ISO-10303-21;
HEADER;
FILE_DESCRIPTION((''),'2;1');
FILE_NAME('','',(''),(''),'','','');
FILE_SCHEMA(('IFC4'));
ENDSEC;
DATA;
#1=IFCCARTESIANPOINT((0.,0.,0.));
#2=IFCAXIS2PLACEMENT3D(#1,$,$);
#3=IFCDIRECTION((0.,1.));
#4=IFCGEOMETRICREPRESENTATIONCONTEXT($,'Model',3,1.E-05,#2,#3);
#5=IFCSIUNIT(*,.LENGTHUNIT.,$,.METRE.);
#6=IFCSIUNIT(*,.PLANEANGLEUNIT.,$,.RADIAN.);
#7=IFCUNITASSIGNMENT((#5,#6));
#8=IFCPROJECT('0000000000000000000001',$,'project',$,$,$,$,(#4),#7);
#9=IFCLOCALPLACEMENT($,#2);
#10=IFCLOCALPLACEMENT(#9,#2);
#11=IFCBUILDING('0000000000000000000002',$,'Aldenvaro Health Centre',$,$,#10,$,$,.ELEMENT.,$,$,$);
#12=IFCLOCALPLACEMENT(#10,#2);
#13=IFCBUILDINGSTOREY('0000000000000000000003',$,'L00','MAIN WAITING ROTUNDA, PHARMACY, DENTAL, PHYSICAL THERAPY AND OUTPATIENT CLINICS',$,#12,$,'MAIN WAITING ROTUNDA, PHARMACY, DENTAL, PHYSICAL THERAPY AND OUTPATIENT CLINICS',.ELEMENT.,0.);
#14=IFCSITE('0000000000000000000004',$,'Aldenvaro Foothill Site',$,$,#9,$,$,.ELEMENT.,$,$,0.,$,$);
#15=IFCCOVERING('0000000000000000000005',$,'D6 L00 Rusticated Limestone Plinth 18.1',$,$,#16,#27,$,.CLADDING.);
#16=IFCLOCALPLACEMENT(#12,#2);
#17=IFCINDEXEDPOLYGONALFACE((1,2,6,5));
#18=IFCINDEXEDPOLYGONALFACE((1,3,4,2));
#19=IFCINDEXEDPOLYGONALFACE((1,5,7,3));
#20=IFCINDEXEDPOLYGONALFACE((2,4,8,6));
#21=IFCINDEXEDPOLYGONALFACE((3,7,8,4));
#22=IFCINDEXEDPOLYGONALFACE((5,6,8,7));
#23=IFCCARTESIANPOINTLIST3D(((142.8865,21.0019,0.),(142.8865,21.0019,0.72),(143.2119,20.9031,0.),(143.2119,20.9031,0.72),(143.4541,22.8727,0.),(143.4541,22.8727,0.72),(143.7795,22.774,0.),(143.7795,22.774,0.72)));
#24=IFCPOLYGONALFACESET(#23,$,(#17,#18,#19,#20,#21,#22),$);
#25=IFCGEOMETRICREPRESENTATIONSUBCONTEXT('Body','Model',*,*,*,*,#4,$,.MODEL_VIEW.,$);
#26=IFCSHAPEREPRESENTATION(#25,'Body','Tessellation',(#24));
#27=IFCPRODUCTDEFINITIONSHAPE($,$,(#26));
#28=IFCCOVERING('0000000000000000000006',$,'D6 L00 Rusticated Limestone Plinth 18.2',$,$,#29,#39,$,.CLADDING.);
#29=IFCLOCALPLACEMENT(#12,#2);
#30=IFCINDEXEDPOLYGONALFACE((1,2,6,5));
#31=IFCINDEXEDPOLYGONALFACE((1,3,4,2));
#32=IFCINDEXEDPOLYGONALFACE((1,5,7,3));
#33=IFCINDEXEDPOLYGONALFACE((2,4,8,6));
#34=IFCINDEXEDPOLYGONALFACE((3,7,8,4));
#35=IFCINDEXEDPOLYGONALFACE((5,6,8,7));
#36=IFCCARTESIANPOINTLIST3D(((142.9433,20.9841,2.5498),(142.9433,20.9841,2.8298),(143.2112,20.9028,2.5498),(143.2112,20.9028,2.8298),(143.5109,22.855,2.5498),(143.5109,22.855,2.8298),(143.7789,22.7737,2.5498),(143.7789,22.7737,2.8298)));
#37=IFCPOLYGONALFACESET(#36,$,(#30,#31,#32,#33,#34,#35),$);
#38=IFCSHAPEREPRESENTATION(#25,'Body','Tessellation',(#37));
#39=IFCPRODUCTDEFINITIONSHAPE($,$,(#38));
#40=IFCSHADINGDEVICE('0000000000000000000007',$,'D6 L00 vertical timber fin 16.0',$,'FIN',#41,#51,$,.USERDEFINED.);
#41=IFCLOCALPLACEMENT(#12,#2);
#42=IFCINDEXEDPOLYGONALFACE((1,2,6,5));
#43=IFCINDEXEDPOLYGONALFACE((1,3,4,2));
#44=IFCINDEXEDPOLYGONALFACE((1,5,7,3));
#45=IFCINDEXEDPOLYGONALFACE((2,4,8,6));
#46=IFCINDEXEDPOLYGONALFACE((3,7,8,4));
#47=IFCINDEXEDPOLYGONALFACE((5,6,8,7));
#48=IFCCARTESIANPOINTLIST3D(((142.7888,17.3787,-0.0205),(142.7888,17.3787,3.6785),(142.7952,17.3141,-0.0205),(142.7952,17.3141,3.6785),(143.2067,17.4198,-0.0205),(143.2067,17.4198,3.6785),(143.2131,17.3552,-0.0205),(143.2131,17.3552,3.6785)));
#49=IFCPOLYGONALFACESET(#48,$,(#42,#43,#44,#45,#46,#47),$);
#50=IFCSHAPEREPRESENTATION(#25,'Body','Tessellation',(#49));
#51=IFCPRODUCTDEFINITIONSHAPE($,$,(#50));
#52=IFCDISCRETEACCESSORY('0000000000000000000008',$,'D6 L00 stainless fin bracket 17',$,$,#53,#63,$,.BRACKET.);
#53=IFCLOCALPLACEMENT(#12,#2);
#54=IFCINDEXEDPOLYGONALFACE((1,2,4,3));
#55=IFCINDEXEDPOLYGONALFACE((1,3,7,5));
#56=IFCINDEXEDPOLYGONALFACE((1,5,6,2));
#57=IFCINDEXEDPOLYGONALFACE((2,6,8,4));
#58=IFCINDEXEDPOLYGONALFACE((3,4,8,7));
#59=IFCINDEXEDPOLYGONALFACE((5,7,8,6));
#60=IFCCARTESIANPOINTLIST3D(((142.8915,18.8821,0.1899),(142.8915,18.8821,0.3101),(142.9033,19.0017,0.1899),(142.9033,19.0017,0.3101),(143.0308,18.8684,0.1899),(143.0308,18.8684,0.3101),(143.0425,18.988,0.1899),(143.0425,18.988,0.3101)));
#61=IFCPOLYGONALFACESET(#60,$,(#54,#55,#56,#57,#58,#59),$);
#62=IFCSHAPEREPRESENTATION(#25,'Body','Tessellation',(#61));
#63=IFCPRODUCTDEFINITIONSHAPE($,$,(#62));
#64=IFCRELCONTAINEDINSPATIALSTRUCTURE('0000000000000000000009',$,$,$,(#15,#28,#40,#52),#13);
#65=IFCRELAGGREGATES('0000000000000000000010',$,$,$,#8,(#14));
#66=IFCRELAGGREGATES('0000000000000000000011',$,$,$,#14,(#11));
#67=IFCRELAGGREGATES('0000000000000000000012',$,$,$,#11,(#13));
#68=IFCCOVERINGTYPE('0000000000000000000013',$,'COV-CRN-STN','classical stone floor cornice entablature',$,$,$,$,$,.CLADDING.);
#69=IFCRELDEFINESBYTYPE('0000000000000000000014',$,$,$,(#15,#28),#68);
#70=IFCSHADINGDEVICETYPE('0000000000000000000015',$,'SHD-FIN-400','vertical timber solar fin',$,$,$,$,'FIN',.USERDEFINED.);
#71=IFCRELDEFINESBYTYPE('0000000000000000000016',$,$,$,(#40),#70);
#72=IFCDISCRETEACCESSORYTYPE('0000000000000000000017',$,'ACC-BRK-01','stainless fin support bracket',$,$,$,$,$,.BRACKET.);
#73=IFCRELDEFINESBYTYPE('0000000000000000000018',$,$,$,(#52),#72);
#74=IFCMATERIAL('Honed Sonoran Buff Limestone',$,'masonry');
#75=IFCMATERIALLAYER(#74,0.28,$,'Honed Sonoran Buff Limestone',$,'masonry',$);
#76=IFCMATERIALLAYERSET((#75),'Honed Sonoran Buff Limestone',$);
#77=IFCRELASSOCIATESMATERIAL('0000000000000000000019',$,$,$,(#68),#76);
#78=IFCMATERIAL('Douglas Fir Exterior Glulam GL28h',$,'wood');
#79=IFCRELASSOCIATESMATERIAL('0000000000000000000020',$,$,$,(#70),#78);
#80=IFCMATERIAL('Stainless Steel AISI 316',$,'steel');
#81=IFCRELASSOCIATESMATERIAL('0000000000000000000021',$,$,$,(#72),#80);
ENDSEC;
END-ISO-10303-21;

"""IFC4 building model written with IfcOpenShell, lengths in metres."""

from ifc_helpers import new_model, si_unit, direction, frame, origin, origin_2d, place, context, subcontext, project, spatial, rectangle, extrude, material, layer, layer_set, type_object, element, save


model = new_model("IFC4")

# Units and contexts
model_context = context("Model", 3, precision=1e-05, world=origin(), true_north=direction((0.0, 1.0)))
body_context = subcontext(model_context, "Body", "Model", "MODEL_VIEW")
ifc_project = project(units=[si_unit("LENGTHUNIT", "METRE"), si_unit("PLANEANGLEUNIT", "RADIAN")], contexts=[model_context])

# Site, building, storey
site_placement = place(None, origin())
site = spatial("IfcSite", under=ifc_project, at=site_placement, Name="Aldenvaro Foothill Site", CompositionType="ELEMENT", RefElevation=0.0)
building_placement = place(site_placement, origin())
building = spatial("IfcBuilding", under=site, at=building_placement, Name="Aldenvaro Health Centre", CompositionType="ELEMENT")
storey_placement = place(building_placement, origin())
storey = spatial("IfcBuildingStorey", under=building, at=storey_placement, Name="L00", Description="MAIN WAITING ROTUNDA, PHARMACY, DENTAL, PHYSICAL THERAPY AND OUTPATIENT CLINICS", LongName="MAIN WAITING ROTUNDA, PHARMACY, DENTAL, PHYSICAL THERAPY AND OUTPATIENT CLINICS", CompositionType="ELEMENT", Elevation=0.0)

# Coverings
ifc_material_1 = material(Name="Honed Sonoran Buff Limestone", Category="masonry")
ifc_layer_1 = layer(ifc_material_1, 0.28, Name="Honed Sonoran Buff Limestone", Category="masonry")
ifc_layer_set_1 = layer_set([ifc_layer_1], Name="Honed Sonoran Buff Limestone")
covering_type = type_object("IfcCoveringType", Name="COV-CRN-STN", Description="classical stone floor cornice entablature", PredefinedType="CLADDING", material=ifc_layer_set_1)
covering_1_placement = place(storey_placement, frame((143.333, 21.8879, 0.0), z_axis=(0.0, 0.0, 1.0), x_axis=(0.290343, 0.956923, 0.0)))
element("IfcCovering", 1, at=covering_1_placement, inside=storey, type_object=covering_type, Name="D6 L00 Rusticated Limestone Plinth 18.1", PredefinedType="CLADDING", context=body_context, shape_type="SweptSolid", body=[
    extrude(rectangle(XDim=1.9551, YDim=0.3401, at=origin_2d()), origin(), (0.0, 0.0, 1.0), 0.72),
])
covering_2_placement = place(storey_placement, frame((143.3611, 21.8789, 2.5498), z_axis=(0.0, 0.0, 1.0), x_axis=(0.290343, 0.956923, 0.0)))
element("IfcCovering", 2, at=covering_2_placement, inside=storey, type_object=covering_type, Name="D6 L00 Rusticated Limestone Plinth 18.2", PredefinedType="CLADDING", context=body_context, shape_type="SweptSolid", body=[
    extrude(rectangle(XDim=1.9551, YDim=0.28, at=origin_2d()), origin(), (0.0, 0.0, 1.0), 0.28),
])

# Shading device
ifc_material_2 = material(Name="Douglas Fir Exterior Glulam GL28h", Category="wood")
shading_device_type = type_object("IfcShadingDeviceType", Name="SHD-FIN-400", Description="vertical timber solar fin", ElementType="FIN", PredefinedType="USERDEFINED", material=ifc_material_2)
shading_device_placement = place(storey_placement, frame((143.001, 17.3669, -0.0205), z_axis=(0.0, 0.0, 1.0), x_axis=(-0.097997, 0.995187, 0.0)))
element("IfcShadingDevice", 3, at=shading_device_placement, inside=storey, type_object=shading_device_type, Name="D6 L00 vertical timber fin 16.0", ObjectType="FIN", PredefinedType="USERDEFINED", context=body_context, shape_type="SweptSolid", body=[
    extrude(rectangle(XDim=0.0649, YDim=0.4199, at=origin_2d()), origin(), (0.0, 0.0, 1.0), 3.699),
])

# Discrete accessory
ifc_material_3 = material(Name="Stainless Steel AISI 316", Category="steel")
discrete_accessory_type = type_object("IfcDiscreteAccessoryType", Name="ACC-BRK-01", Description="stainless fin support bracket", PredefinedType="BRACKET", material=ifc_material_3)
discrete_accessory_placement = place(storey_placement, frame((142.967, 18.9351, 0.1899), z_axis=(0.0, 0.0, 1.0), x_axis=(0.097997, 0.995187, 0.0)))
element("IfcDiscreteAccessory", 4, at=discrete_accessory_placement, inside=storey, type_object=discrete_accessory_type, Name="D6 L00 stainless fin bracket 17", PredefinedType="BRACKET", context=body_context, shape_type="SweptSolid", body=[
    extrude(rectangle(XDim=0.1201, YDim=0.1399, at=origin_2d()), origin(), (0.0, 0.0, 1.0), 0.1201),
])

save(model, "model.ifc")
